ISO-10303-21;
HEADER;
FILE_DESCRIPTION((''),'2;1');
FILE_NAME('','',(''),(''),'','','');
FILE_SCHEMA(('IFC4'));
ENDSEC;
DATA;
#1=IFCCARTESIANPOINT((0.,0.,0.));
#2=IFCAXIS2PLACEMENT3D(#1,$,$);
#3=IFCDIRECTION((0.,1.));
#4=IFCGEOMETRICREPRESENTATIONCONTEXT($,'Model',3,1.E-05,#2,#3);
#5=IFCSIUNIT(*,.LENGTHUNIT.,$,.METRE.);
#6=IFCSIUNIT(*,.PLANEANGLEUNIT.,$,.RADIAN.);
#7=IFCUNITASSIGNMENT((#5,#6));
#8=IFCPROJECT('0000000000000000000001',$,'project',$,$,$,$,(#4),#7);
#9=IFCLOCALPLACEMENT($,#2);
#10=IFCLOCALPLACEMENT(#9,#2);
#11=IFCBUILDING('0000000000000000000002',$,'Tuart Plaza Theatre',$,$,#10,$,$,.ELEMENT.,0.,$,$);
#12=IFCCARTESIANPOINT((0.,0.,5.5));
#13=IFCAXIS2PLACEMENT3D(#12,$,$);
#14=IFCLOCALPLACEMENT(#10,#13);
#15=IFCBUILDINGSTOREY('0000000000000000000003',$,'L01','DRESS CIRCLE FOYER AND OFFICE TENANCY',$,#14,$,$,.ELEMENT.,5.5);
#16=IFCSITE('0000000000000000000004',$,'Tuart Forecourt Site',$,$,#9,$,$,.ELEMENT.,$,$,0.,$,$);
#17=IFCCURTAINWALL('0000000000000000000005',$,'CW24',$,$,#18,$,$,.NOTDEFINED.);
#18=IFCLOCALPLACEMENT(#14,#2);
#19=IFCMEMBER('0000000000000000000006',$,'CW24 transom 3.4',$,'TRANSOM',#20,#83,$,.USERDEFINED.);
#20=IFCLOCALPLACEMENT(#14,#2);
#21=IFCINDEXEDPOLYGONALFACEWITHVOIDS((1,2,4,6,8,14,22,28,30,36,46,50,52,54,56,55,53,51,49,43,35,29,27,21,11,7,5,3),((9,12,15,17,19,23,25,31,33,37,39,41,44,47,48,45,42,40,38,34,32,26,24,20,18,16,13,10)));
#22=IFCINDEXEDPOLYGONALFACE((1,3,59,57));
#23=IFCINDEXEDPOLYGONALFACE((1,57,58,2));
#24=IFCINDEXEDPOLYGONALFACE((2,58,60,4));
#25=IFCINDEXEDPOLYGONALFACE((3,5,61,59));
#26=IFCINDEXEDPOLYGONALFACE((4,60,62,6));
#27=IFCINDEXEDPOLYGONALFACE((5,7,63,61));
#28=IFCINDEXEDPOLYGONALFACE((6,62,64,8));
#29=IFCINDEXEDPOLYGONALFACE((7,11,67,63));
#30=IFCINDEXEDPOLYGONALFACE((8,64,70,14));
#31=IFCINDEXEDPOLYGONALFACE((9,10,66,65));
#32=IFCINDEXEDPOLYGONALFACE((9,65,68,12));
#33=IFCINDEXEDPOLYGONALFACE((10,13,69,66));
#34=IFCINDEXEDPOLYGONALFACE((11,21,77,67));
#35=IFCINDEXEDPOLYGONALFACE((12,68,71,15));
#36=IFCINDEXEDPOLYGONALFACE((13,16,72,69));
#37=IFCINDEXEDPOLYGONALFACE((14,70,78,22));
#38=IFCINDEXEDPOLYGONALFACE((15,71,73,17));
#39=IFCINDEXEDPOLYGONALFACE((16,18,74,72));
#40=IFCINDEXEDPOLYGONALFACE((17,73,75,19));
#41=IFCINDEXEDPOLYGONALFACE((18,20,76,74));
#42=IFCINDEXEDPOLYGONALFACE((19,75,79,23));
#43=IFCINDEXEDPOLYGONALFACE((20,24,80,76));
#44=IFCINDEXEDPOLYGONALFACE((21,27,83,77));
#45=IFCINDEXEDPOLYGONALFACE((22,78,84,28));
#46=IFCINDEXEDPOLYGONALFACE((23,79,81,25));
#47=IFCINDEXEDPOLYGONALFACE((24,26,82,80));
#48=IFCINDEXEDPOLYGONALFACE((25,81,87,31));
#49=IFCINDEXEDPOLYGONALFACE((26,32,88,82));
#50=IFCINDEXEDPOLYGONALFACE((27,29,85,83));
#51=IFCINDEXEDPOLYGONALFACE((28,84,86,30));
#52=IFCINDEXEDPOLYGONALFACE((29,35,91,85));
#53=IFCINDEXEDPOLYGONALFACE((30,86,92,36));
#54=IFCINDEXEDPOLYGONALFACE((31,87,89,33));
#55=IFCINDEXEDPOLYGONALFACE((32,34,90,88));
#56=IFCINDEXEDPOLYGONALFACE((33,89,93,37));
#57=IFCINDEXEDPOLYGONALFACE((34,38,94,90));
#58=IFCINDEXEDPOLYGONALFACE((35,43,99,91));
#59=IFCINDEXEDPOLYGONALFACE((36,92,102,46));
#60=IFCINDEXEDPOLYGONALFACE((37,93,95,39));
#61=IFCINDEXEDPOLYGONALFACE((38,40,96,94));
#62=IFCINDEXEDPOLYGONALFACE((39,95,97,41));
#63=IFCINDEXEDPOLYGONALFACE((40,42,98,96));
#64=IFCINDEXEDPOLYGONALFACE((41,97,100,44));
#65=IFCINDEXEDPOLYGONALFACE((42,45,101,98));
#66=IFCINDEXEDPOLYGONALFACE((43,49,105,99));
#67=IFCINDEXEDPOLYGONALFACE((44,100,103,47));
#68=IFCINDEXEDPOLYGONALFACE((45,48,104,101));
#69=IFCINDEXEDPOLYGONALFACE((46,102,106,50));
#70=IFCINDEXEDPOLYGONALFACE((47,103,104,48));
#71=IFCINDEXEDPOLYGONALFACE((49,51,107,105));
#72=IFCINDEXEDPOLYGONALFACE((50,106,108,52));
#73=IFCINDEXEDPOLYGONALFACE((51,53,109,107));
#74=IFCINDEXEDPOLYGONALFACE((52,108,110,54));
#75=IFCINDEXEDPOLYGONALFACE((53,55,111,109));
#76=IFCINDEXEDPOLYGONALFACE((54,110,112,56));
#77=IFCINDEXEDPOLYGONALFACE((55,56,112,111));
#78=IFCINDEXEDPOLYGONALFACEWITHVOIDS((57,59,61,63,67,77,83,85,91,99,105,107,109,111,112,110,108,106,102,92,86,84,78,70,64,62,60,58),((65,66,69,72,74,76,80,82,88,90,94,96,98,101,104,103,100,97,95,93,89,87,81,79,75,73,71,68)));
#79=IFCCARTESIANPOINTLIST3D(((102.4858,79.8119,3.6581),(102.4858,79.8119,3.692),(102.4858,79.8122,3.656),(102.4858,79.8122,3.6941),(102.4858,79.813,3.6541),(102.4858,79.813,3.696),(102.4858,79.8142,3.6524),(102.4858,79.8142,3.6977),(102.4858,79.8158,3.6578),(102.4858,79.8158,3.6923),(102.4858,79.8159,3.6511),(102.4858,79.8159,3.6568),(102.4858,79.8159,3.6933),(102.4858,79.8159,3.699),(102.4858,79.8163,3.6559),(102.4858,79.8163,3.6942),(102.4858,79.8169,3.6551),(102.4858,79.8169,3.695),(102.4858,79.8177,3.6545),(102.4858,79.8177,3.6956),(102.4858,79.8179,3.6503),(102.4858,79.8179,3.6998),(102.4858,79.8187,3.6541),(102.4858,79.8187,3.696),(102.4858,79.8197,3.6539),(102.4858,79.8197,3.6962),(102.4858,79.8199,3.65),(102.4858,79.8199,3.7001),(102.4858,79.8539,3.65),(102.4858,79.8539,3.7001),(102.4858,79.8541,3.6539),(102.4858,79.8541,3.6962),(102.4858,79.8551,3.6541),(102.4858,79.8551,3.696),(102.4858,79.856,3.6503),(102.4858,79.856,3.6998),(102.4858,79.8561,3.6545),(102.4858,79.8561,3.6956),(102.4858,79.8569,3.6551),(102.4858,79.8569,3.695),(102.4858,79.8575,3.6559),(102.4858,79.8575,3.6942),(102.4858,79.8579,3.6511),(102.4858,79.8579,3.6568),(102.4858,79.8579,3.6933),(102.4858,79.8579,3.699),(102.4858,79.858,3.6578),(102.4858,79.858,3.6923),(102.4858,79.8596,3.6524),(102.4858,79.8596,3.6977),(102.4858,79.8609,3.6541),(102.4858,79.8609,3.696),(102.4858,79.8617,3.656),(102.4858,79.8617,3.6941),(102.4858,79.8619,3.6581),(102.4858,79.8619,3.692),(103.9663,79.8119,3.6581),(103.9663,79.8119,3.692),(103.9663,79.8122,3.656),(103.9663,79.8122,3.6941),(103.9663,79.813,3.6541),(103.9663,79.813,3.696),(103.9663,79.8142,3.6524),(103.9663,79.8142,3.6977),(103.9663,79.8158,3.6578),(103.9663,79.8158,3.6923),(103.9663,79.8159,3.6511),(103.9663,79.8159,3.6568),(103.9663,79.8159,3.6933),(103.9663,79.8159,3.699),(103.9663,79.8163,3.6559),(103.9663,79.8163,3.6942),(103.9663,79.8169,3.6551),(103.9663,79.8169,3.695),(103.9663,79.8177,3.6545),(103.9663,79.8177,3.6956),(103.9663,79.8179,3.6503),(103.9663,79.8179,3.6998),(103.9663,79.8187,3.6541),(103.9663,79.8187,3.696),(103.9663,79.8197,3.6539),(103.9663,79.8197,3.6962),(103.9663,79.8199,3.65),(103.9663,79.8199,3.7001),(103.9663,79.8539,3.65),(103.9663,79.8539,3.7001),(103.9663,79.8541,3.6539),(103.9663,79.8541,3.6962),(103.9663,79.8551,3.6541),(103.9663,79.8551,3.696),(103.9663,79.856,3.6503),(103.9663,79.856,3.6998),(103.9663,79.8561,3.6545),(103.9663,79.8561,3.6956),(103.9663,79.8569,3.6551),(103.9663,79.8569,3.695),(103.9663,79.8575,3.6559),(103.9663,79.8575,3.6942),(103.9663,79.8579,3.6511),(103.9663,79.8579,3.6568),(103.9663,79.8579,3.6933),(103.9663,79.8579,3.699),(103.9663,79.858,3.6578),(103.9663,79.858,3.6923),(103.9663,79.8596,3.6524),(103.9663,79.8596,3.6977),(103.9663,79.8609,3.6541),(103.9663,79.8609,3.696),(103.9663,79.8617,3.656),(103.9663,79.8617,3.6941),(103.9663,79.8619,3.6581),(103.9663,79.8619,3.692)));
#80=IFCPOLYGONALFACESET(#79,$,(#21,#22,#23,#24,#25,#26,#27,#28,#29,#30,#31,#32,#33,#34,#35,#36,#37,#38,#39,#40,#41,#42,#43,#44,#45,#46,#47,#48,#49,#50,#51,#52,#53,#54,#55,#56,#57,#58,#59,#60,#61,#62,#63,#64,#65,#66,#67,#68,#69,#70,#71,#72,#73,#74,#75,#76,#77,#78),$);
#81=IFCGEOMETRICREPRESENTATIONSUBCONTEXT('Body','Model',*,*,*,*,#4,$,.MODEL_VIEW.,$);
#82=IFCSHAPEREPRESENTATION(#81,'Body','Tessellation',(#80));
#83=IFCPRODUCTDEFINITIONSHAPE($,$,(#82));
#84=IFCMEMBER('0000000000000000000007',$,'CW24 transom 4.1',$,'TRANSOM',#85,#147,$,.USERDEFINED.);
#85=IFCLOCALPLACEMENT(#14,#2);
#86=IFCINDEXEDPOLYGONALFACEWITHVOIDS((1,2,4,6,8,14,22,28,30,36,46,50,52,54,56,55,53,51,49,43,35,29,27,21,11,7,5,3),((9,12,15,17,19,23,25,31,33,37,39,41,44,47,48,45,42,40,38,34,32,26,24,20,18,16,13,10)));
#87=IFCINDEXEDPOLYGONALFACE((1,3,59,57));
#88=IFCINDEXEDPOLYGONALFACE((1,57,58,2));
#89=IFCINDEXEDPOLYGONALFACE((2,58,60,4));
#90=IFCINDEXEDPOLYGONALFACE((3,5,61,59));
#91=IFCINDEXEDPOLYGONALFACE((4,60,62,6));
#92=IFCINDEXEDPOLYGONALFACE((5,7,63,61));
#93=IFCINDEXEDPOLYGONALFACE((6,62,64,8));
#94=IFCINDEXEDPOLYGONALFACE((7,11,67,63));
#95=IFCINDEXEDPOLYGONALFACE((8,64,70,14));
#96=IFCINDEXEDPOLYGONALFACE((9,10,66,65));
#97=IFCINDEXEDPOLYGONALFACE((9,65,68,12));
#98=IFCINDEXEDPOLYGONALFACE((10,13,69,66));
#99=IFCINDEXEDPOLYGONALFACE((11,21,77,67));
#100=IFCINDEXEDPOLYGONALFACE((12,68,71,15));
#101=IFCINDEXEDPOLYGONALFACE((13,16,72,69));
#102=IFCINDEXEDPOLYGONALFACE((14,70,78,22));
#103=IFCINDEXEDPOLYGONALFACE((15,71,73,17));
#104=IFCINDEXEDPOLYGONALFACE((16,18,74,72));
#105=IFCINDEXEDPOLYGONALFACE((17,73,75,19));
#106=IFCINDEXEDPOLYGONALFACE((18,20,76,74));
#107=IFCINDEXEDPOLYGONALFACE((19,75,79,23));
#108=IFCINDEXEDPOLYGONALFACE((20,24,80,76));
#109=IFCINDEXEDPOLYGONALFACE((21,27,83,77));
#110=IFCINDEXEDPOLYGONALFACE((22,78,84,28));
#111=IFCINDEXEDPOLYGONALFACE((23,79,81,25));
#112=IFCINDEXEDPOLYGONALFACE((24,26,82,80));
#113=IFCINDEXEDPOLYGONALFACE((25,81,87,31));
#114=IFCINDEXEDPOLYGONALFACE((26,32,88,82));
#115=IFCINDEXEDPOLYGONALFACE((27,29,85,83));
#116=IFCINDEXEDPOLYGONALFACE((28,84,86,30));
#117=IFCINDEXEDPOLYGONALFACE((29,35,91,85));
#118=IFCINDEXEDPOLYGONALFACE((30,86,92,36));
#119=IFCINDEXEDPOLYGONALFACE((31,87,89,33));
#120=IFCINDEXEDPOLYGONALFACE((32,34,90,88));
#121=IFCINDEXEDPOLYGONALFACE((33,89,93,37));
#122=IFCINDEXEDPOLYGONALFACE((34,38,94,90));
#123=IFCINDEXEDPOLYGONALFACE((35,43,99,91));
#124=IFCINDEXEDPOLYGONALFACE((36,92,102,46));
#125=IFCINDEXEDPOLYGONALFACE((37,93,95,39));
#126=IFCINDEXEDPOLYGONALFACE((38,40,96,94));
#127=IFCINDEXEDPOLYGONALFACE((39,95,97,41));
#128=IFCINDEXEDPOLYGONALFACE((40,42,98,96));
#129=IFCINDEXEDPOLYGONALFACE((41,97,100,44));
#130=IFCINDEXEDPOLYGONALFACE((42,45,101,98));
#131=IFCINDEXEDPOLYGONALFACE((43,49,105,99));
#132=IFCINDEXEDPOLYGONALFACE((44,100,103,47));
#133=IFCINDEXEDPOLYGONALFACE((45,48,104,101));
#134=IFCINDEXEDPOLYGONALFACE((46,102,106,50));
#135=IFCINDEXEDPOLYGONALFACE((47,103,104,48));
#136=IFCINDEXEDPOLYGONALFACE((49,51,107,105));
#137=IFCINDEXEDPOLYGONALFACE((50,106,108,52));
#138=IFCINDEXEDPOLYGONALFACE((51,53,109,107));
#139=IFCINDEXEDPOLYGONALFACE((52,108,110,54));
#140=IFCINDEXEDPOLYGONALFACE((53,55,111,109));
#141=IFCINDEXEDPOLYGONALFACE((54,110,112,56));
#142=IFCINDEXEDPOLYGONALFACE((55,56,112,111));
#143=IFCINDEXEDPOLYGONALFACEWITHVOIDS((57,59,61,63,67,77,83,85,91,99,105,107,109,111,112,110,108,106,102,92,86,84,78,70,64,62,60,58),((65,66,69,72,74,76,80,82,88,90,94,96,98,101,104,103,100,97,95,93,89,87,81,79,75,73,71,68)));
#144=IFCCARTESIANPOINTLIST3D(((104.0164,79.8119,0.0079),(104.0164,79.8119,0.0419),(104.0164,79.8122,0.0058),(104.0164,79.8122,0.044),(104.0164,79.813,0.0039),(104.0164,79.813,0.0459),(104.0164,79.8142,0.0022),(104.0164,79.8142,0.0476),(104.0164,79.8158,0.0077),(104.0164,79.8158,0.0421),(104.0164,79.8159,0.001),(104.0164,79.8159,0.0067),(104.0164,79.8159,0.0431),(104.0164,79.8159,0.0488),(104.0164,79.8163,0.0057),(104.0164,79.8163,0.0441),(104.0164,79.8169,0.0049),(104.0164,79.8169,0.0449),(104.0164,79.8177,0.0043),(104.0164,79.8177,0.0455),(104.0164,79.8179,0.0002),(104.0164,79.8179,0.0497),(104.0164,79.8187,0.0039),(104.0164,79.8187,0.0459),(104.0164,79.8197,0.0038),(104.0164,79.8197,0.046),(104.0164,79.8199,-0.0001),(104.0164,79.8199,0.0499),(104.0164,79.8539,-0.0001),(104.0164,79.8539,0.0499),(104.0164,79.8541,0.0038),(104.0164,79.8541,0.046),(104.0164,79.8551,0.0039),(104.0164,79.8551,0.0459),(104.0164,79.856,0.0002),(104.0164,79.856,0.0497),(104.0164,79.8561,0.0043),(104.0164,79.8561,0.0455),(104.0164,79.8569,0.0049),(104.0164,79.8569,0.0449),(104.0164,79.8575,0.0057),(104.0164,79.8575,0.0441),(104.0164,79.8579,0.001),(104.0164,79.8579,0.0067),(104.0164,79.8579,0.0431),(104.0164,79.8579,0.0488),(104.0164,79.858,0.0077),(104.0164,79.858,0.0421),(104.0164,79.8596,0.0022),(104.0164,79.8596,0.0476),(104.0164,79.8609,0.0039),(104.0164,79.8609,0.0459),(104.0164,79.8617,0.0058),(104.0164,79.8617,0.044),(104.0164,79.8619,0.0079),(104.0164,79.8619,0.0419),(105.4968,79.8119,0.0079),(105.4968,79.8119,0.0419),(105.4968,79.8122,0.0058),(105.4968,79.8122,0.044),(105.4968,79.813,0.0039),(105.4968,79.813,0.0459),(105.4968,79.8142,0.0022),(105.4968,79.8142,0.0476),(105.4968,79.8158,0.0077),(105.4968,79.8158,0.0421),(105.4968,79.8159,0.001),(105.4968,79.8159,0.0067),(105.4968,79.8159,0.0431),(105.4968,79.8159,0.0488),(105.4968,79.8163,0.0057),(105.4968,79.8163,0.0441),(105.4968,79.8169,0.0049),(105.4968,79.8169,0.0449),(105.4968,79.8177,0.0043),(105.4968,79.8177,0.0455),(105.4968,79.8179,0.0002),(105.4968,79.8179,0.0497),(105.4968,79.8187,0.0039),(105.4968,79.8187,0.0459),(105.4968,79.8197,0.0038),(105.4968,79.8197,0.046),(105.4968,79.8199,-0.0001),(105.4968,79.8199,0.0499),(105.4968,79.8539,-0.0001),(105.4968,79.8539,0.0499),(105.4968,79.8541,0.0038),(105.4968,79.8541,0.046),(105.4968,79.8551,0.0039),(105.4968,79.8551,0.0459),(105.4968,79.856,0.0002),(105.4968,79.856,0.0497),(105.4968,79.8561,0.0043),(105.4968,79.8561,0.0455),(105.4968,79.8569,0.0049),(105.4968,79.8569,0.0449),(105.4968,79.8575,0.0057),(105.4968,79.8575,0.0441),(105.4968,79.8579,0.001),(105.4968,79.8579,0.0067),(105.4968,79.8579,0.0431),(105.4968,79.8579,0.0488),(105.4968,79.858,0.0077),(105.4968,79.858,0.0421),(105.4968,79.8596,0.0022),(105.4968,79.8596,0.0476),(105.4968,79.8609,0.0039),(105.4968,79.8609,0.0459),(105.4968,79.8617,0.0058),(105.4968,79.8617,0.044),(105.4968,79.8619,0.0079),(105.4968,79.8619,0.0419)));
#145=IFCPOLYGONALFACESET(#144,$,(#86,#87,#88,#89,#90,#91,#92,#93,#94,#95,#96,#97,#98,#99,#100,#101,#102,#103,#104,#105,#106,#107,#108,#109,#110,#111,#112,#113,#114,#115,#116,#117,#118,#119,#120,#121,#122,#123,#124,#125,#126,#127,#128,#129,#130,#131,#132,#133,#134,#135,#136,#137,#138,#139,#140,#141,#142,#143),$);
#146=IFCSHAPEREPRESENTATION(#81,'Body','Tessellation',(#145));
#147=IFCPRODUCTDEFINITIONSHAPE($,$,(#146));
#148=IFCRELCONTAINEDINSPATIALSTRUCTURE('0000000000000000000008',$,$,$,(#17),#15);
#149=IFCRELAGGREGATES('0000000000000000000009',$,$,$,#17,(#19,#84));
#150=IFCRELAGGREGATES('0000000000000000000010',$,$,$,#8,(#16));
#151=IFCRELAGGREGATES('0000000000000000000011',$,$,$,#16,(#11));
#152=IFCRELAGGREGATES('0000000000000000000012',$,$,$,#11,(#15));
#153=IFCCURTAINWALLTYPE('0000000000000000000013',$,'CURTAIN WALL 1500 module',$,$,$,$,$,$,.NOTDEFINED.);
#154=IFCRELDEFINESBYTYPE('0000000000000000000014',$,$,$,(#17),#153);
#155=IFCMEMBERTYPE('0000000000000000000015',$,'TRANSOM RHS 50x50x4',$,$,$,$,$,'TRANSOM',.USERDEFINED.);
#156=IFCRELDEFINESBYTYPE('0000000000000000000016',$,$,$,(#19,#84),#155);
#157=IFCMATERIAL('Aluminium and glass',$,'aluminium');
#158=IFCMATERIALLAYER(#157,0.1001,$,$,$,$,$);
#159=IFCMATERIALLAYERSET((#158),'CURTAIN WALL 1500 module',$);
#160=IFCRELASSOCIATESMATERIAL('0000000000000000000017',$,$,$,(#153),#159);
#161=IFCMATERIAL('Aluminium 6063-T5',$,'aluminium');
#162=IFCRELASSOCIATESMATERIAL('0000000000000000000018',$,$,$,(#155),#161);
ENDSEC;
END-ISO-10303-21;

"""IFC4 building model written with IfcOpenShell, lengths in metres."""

from ifc_helpers import new_model, si_unit, direction, frame, origin, origin_2d, place, context, subcontext, project, spatial, hollow_rectangle, extrude, material, layer, layer_set, material_profile, profile_set, type_object, element, aggregate, save


model = new_model("IFC4")

# Units and contexts
model_context = context("Model", 3, precision=1e-05, world=origin(), true_north=direction((0.0, 1.0)))
body_context = subcontext(model_context, "Body", "Model", "MODEL_VIEW")
ifc_project = project(units=[si_unit("LENGTHUNIT", "METRE"), si_unit("PLANEANGLEUNIT", "RADIAN")], contexts=[model_context])

# Site, building, storey
site_placement = place(None, origin())
site = spatial("IfcSite", under=ifc_project, at=site_placement, Name="Tuart Forecourt Site", CompositionType="ELEMENT", RefElevation=0.0)
building_placement = place(site_placement, origin())
building = spatial("IfcBuilding", under=site, at=building_placement, Name="Tuart Plaza Theatre", CompositionType="ELEMENT", ElevationOfRefHeight=0.0)
storey_placement = place(building_placement, frame((0.0, 0.0, 5.5)))
storey = spatial("IfcBuildingStorey", under=building, at=storey_placement, Name="L01", Description="DRESS CIRCLE FOYER AND OFFICE TENANCY", CompositionType="ELEMENT", Elevation=5.5)

# Curtain wall, members
ifc_material_1 = material(Name="Aluminium and glass", Category="aluminium")
ifc_layer_1 = layer(ifc_material_1, 0.1001)
ifc_layer_set_1 = layer_set([ifc_layer_1], Name="CURTAIN WALL 1500 module")
curtain_wall_type = type_object("IfcCurtainWallType", Name="CURTAIN WALL 1500 module", PredefinedType="NOTDEFINED", material=ifc_layer_set_1)
curtain_wall_placement = place(storey_placement, origin())
curtain_wall = element("IfcCurtainWall", 1, at=curtain_wall_placement, inside=storey, type_object=curtain_wall_type, Name="CW24", PredefinedType="NOTDEFINED")
ifc_material_2 = material(Name="Aluminium 6063-T5", Category="aluminium")
ifc_material_profile_1 = material_profile(ifc_material_2, hollow_rectangle(XDim=0.05, YDim=0.05, WallThickness=0.0039, InnerFilletRadius=0.0039, OuterFilletRadius=0.0081, at=origin_2d()), Name="RHS 50x50x4")
ifc_profile_set_1 = profile_set([ifc_material_profile_1], Name="Aluminium 6063-T5")
member_type_1 = type_object("IfcMemberType", Name="TRANSOM RHS 50x50x4", ElementType="TRANSOM", PredefinedType="USERDEFINED", material=ifc_profile_set_1)
member_1_placement = place(storey_placement, frame((102.4858, 79.8369, 3.675), z_axis=(1.0, 0.0, 0.0), x_axis=(0.0, 1.0, 0.0)))
member_1 = element("IfcMember", 2, at=member_1_placement, type_object=member_type_1, Name="CW24 transom 3.4", ObjectType="TRANSOM", PredefinedType="USERDEFINED", context=body_context, shape_type="SweptSolid", body=[
    extrude(hollow_rectangle(XDim=0.05, YDim=0.05, WallThickness=0.0039, InnerFilletRadius=0.0039, OuterFilletRadius=0.0081, at=origin_2d()), origin(), (0.0, 0.0, 1.0), 1.4805),
])
member_2_placement = place(storey_placement, frame((104.0164, 79.8369, 0.0249), z_axis=(1.0, 0.0, 0.0), x_axis=(0.0, 1.0, 0.0)))
member_2 = element("IfcMember", 3, at=member_2_placement, type_object=member_type_1, Name="CW24 transom 4.1", ObjectType="TRANSOM", PredefinedType="USERDEFINED", context=body_context, shape_type="SweptSolid", body=[
    extrude(hollow_rectangle(XDim=0.05, YDim=0.05, WallThickness=0.0039, InnerFilletRadius=0.0039, OuterFilletRadius=0.0081, at=origin_2d()), origin(), (0.0, 0.0, 1.0), 1.4805),
])
aggregate(curtain_wall, [member_1, member_2])

save(model, "model.ifc")
